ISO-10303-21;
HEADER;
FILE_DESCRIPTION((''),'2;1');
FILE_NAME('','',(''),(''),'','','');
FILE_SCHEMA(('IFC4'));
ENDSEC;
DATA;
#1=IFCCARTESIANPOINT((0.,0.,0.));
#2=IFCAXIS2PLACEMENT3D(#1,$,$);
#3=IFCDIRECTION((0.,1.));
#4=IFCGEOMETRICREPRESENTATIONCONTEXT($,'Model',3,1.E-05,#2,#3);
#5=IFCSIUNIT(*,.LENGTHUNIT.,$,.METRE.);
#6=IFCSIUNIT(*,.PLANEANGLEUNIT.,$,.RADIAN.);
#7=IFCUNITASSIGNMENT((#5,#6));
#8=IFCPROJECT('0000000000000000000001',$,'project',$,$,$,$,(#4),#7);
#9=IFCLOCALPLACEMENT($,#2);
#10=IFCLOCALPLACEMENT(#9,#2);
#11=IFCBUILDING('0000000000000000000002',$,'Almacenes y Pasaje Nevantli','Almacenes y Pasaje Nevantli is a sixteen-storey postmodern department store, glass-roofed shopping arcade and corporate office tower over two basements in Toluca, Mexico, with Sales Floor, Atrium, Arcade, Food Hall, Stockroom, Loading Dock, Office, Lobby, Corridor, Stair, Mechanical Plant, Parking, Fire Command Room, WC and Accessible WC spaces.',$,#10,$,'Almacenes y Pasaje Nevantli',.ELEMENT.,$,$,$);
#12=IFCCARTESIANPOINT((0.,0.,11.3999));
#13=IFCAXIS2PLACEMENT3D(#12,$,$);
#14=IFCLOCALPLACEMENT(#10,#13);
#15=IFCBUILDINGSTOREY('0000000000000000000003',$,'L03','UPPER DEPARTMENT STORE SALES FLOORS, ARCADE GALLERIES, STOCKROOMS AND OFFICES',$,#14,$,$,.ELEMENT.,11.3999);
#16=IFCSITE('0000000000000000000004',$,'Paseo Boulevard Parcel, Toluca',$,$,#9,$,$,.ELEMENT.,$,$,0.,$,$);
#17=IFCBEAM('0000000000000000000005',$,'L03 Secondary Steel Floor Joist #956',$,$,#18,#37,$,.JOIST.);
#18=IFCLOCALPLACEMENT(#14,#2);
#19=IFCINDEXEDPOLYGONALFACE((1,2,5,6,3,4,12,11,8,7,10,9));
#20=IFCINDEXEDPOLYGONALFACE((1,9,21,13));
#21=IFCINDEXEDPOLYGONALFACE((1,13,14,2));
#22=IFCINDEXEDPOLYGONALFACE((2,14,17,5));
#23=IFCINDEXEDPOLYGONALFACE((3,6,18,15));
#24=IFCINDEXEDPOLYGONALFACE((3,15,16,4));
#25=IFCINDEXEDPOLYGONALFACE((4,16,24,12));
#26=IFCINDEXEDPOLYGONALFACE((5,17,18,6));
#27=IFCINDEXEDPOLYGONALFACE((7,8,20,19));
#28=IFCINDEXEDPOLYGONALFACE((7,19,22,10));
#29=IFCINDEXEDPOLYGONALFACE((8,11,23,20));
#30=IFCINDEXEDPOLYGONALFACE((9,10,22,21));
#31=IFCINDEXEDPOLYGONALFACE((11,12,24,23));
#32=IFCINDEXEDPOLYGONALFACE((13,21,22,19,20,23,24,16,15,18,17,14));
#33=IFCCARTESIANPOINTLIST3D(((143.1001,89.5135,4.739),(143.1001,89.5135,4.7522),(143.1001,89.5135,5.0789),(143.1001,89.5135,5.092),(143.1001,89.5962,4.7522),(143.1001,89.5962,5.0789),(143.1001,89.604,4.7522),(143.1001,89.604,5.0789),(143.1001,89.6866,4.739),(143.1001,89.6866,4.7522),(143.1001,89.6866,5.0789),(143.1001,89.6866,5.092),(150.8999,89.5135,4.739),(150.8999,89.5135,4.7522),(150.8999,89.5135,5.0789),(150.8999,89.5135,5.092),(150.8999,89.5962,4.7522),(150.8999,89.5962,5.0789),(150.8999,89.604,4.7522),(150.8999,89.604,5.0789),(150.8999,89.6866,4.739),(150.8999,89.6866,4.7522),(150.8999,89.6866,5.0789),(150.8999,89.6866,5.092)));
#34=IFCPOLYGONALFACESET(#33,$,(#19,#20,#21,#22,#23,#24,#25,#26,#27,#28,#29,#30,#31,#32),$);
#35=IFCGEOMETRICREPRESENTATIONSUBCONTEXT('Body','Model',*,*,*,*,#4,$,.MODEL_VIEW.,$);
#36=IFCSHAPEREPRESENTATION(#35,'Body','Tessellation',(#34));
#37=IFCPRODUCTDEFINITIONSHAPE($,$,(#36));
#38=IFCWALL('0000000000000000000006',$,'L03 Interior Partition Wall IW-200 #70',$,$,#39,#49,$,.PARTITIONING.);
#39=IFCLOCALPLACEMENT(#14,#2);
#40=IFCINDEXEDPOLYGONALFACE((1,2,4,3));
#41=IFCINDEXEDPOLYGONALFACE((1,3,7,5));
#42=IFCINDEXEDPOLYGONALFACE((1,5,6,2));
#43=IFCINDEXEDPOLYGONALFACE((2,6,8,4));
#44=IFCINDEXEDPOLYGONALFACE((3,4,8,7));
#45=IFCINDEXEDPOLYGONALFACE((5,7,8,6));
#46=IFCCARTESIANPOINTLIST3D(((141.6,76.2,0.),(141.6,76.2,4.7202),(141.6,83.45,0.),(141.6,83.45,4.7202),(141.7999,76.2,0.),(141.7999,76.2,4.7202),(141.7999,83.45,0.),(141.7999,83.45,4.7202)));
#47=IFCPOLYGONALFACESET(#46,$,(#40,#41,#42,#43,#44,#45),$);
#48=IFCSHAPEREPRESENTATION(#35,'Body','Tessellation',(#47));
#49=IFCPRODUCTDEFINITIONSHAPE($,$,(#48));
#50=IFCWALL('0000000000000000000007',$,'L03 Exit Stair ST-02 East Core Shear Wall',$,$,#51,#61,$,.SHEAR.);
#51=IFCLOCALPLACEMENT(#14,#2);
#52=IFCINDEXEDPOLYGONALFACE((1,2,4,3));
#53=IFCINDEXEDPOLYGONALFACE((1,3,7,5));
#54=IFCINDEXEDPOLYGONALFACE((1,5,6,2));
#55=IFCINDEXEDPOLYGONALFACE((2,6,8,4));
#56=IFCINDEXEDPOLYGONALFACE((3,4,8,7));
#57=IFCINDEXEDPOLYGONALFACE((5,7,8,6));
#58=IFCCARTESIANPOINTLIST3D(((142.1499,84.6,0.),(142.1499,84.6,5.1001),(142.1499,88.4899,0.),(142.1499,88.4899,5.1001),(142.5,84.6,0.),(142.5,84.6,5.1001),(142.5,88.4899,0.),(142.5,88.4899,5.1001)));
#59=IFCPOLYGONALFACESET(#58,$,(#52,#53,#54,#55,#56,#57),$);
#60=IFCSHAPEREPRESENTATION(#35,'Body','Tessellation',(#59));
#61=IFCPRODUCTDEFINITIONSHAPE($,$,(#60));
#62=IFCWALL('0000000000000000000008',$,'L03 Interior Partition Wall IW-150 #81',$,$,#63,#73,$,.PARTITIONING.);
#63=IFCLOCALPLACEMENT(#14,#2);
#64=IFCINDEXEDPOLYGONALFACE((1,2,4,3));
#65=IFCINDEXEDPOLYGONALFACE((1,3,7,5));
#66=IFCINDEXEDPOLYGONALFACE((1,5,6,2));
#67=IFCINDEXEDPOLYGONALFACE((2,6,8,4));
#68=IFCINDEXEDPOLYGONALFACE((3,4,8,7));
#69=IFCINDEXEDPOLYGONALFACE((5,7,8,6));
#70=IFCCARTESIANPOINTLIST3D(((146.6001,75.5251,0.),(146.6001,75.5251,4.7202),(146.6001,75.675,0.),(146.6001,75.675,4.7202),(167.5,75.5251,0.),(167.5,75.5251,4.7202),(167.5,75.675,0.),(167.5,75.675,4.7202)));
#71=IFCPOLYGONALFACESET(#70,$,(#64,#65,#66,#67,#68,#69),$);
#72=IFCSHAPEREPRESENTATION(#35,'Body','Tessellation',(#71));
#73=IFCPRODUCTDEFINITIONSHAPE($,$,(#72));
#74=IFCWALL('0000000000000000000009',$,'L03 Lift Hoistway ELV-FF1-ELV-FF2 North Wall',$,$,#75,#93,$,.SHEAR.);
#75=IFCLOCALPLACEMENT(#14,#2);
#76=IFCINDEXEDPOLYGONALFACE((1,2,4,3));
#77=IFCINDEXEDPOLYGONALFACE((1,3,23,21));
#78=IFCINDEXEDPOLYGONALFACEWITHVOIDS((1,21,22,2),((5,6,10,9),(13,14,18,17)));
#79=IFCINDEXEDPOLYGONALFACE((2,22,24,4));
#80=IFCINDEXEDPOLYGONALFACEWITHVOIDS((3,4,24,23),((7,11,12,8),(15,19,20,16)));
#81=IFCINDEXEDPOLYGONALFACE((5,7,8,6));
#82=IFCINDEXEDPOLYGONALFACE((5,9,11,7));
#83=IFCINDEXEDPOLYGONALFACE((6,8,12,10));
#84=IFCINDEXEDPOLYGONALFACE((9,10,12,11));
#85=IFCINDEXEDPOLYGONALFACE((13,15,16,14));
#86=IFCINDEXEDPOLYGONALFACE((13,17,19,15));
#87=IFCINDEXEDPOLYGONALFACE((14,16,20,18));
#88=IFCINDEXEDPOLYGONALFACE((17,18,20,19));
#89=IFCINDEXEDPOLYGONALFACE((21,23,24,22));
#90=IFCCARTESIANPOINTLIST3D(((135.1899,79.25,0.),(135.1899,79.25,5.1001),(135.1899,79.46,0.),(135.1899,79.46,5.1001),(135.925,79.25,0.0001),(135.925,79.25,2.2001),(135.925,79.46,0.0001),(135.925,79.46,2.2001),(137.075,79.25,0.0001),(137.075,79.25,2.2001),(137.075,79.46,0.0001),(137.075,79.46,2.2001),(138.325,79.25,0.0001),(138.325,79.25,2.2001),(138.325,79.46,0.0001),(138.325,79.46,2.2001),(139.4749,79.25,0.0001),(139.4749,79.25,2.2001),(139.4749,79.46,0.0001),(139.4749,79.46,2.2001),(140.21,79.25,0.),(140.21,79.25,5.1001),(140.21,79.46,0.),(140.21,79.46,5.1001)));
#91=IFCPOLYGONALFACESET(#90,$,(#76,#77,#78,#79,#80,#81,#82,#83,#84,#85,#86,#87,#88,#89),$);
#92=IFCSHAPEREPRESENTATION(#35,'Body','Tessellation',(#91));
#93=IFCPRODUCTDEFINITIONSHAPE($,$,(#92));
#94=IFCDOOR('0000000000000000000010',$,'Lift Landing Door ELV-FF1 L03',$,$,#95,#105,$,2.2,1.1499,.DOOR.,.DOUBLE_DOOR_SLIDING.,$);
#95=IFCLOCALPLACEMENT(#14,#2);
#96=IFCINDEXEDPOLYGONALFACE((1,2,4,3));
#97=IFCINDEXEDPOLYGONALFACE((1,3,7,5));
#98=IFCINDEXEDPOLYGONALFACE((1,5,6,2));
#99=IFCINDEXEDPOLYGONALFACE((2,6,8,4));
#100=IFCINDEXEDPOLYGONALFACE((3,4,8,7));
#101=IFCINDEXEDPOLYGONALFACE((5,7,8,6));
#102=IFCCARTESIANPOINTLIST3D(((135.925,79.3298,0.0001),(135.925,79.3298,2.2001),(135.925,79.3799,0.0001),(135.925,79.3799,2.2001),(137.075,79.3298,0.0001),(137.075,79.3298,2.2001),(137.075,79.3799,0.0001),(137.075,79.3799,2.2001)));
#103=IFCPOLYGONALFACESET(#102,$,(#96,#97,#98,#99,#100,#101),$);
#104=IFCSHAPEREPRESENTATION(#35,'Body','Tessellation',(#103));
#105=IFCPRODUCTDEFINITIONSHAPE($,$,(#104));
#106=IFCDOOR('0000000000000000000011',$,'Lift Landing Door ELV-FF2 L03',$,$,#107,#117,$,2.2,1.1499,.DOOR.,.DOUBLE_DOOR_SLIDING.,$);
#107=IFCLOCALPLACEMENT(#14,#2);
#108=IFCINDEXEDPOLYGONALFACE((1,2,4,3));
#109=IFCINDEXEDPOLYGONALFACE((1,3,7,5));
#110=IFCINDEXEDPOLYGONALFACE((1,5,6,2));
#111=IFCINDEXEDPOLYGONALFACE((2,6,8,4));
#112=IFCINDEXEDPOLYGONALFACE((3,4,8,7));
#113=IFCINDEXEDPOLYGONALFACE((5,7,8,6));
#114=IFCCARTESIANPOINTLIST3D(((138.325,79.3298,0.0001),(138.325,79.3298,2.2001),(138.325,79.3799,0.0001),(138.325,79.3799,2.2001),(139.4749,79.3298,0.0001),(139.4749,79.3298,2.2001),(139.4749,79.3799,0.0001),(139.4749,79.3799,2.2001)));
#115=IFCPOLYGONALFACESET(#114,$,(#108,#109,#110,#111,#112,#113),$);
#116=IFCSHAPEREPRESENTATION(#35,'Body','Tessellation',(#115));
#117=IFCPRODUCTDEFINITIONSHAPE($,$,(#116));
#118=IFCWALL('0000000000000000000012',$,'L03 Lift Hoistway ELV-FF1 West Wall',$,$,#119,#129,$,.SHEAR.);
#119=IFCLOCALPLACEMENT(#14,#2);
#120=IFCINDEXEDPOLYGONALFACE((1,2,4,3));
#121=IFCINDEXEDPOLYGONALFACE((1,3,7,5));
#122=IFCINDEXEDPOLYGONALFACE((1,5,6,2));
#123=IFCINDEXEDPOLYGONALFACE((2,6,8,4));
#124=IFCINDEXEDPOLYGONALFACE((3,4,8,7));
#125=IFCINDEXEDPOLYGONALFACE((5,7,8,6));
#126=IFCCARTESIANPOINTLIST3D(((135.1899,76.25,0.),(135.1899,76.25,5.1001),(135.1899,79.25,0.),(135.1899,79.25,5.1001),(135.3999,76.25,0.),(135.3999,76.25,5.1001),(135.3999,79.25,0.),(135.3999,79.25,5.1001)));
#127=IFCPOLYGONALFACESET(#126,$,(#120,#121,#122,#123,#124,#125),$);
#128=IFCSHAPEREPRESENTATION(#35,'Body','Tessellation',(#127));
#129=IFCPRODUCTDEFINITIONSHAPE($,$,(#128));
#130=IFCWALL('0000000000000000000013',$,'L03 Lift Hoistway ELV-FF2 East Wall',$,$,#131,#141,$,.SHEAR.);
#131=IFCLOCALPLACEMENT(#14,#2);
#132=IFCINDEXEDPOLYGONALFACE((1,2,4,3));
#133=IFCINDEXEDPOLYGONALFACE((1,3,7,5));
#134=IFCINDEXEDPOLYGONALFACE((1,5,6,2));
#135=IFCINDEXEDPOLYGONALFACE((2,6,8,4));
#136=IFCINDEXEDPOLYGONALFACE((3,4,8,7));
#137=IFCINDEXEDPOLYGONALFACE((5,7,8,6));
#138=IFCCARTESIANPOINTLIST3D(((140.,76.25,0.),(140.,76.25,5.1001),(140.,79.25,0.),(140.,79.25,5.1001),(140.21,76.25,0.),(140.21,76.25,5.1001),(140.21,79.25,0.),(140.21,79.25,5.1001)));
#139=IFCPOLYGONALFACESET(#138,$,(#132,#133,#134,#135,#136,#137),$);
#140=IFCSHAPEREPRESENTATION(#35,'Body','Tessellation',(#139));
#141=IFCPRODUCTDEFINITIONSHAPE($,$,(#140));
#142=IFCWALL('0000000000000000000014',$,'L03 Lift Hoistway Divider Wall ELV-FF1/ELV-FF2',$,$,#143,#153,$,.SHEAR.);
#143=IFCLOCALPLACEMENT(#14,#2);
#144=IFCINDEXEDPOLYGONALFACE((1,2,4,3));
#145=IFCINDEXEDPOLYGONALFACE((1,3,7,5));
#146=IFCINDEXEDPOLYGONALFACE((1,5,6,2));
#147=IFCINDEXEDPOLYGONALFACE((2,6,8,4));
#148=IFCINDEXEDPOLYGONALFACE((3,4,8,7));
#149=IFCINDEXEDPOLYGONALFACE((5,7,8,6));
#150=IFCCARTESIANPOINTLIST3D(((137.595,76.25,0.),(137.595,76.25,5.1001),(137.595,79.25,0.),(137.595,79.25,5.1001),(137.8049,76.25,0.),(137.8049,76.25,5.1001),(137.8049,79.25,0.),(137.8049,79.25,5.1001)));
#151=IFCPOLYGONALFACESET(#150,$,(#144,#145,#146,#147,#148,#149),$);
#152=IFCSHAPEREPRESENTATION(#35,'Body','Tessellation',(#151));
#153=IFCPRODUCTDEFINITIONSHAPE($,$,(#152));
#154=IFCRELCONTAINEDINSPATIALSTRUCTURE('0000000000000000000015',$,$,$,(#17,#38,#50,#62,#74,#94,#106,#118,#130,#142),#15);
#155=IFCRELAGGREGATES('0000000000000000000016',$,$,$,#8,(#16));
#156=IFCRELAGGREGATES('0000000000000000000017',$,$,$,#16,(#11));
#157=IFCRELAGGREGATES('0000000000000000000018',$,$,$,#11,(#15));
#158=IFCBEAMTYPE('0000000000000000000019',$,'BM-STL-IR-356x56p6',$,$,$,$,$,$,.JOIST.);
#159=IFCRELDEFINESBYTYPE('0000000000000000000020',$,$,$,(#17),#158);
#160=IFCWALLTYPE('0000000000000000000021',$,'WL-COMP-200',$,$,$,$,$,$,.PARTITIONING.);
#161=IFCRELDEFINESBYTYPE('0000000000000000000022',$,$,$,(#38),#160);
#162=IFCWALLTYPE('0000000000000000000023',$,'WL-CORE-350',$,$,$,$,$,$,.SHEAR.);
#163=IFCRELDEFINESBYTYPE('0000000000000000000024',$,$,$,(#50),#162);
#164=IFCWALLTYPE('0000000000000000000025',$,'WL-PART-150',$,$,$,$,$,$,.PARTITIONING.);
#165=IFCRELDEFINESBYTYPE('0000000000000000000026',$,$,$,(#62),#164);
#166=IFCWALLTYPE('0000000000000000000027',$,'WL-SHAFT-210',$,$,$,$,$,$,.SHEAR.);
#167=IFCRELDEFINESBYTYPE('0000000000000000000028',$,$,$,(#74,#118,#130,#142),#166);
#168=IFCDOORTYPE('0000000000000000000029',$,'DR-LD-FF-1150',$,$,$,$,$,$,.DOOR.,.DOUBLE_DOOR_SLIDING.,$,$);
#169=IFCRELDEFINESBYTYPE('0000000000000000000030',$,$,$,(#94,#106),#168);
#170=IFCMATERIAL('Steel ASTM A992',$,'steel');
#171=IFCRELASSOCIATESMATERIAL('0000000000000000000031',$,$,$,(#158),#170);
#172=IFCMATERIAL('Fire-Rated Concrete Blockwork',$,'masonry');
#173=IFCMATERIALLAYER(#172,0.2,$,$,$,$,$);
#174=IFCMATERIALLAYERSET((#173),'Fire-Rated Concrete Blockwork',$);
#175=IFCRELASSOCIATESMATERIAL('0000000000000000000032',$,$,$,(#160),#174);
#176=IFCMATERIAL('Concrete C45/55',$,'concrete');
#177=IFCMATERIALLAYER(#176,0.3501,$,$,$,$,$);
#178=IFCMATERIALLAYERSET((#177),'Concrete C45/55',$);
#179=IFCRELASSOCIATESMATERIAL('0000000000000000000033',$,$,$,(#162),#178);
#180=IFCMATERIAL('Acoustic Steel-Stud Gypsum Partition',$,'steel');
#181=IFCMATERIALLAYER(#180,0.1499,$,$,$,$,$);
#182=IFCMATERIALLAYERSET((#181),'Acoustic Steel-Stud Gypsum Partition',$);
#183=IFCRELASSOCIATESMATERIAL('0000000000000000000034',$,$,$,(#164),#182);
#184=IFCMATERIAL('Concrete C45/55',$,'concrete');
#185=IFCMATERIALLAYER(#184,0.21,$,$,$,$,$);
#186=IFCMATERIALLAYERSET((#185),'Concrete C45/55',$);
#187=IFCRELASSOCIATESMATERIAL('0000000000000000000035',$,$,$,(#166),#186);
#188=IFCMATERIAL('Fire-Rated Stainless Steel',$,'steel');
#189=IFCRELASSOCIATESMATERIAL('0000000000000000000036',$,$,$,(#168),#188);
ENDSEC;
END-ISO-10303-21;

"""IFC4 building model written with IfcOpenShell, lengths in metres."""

from ifc_helpers import new_model, si_unit, direction, frame, frame_2d, origin, origin_2d, place, context, subcontext, project, spatial, rectangle, i_section, extrude, material, layer, layer_set, material_profile, profile_set, type_object, element, fill, save


model = new_model("IFC4")

# Units and contexts
model_context = context("Model", 3, precision=1e-05, world=origin(), true_north=direction((0.0, 1.0)))
body_context = subcontext(model_context, "Body", "Model", "MODEL_VIEW")
ifc_project = project(units=[si_unit("LENGTHUNIT", "METRE"), si_unit("PLANEANGLEUNIT", "RADIAN")], contexts=[model_context])

# Site, building, storey
site_placement = place(None, origin())
site = spatial("IfcSite", under=ifc_project, at=site_placement, Name="Paseo Boulevard Parcel, Toluca", CompositionType="ELEMENT", RefElevation=0.0)
building_placement = place(site_placement, origin())
building = spatial("IfcBuilding", under=site, at=building_placement, Name="Almacenes y Pasaje Nevantli", Description="Almacenes y Pasaje Nevantli is a sixteen-storey postmodern department store, glass-roofed shopping arcade and corporate office tower over two basements in Toluca, Mexico, with Sales Floor, Atrium, Arcade, Food Hall, Stockroom, Loading Dock, Office, Lobby, Corridor, Stair, Mechanical Plant, Parking, Fire Command Room, WC and Accessible WC spaces.", LongName="Almacenes y Pasaje Nevantli", CompositionType="ELEMENT")
storey_placement = place(building_placement, frame((0.0, 0.0, 11.3999)))
storey = spatial("IfcBuildingStorey", under=building, at=storey_placement, Name="L03", Description="UPPER DEPARTMENT STORE SALES FLOORS, ARCADE GALLERIES, STOCKROOMS AND OFFICES", CompositionType="ELEMENT", Elevation=11.3999)

# Beam
ifc_material_1 = material(Name="Steel ASTM A992", Category="steel")
ifc_material_profile_1 = material_profile(ifc_material_1, i_section(OverallWidth=0.1731, OverallDepth=0.353, WebThickness=0.0078, FlangeThickness=0.0132, at=origin_2d()), Name="IR 356x56.6")
ifc_profile_set_1 = profile_set([ifc_material_profile_1], Name="Steel ASTM A992")
beam_type_1 = type_object("IfcBeamType", Name="BM-STL-IR-356x56p6", PredefinedType="JOIST", material=ifc_profile_set_1)
for number, where, z_axis, x_axis, name in (
    (1, (143.1001, 89.6001, 4.9155), (1.0, 0.0, 0.0), (0.0, 1.0, 0.0), "L03 Secondary Steel Floor Joist #956"),
):
    element("IfcBeam", number, at=place(storey_placement, frame(where, z_axis=z_axis, x_axis=x_axis)), inside=storey, type_object=beam_type_1, Name=name, PredefinedType="JOIST", context=body_context, shape_type="SweptSolid", body=[
        extrude(i_section(OverallWidth=0.1731, OverallDepth=0.353, WebThickness=0.0078, FlangeThickness=0.0132, at=origin_2d()), origin(), (0.0, 0.0, 1.0), 7.7998),
    ])

# Walls
ifc_material_2 = material(Name="Fire-Rated Concrete Blockwork", Category="masonry")
ifc_layer_1 = layer(ifc_material_2, 0.2)
ifc_layer_set_1 = layer_set([ifc_layer_1], Name="Fire-Rated Concrete Blockwork")
wall_type_1 = type_object("IfcWallType", Name="WL-COMP-200", PredefinedType="PARTITIONING", material=ifc_layer_set_1)
wall_1_placement = place(storey_placement, frame((141.7, 76.2, 0.0), z_axis=(0.0, 0.0, 1.0), x_axis=(0.0, 1.0, 0.0)))
element("IfcWall", 2, at=wall_1_placement, inside=storey, type_object=wall_type_1, Name="L03 Interior Partition Wall IW-200 #70", PredefinedType="PARTITIONING", context=body_context, shape_type="SweptSolid", body=[
    extrude(rectangle(XDim=7.25, YDim=0.2, at=frame_2d((3.625, 0.0))), origin(), (0.0, 0.0, 1.0), 4.7202),
])
ifc_material_3 = material(Name="Concrete C45/55", Category="concrete")
ifc_layer_2 = layer(ifc_material_3, 0.3501)
ifc_layer_set_2 = layer_set([ifc_layer_2], Name="Concrete C45/55")
wall_type_2 = type_object("IfcWallType", Name="WL-CORE-350", PredefinedType="SHEAR", material=ifc_layer_set_2)
wall_2_placement = place(storey_placement, frame((142.325, 84.6001, 0.0), z_axis=(0.0, 0.0, 1.0), x_axis=(0.0, 1.0, 0.0)))
element("IfcWall", 3, at=wall_2_placement, inside=storey, type_object=wall_type_2, Name="L03 Exit Stair ST-02 East Core Shear Wall", PredefinedType="SHEAR", context=body_context, shape_type="SweptSolid", body=[
    extrude(rectangle(XDim=3.8899, YDim=0.3501, at=frame_2d((1.9448, 0.0))), origin(), (0.0, 0.0, 1.0), 5.1001),
])
ifc_material_4 = material(Name="Acoustic Steel-Stud Gypsum Partition", Category="steel")
ifc_layer_3 = layer(ifc_material_4, 0.1499)
ifc_layer_set_3 = layer_set([ifc_layer_3], Name="Acoustic Steel-Stud Gypsum Partition")
wall_type_3 = type_object("IfcWallType", Name="WL-PART-150", PredefinedType="PARTITIONING", material=ifc_layer_set_3)
wall_3_placement = place(storey_placement, frame((146.6001, 75.6001, 0.0), z_axis=(0.0, 0.0, 1.0), x_axis=(1.0, 0.0, 0.0)))
element("IfcWall", 4, at=wall_3_placement, inside=storey, type_object=wall_type_3, Name="L03 Interior Partition Wall IW-150 #81", PredefinedType="PARTITIONING", context=body_context, shape_type="SweptSolid", body=[
    extrude(rectangle(XDim=20.8999, YDim=0.1499, at=frame_2d((10.45, 0.0))), origin(), (0.0, 0.0, 1.0), 4.7202),
])

# Wall, openings, doors
ifc_material_5 = material(Name="Concrete C45/55", Category="concrete")
ifc_layer_4 = layer(ifc_material_5, 0.21)
ifc_layer_set_4 = layer_set([ifc_layer_4], Name="Concrete C45/55")
wall_type_4 = type_object("IfcWallType", Name="WL-SHAFT-210", PredefinedType="SHEAR", material=ifc_layer_set_4)
wall_4_placement = place(storey_placement, frame((135.1899, 79.355, 0.0), z_axis=(0.0, 0.0, 1.0), x_axis=(1.0, 0.0, 0.0)))
wall_4 = element("IfcWall", 5, at=wall_4_placement, inside=storey, type_object=wall_type_4, Name="L03 Lift Hoistway ELV-FF1-ELV-FF2 North Wall", PredefinedType="SHEAR", context=body_context, shape_type="SweptSolid", body=[
    extrude(rectangle(XDim=5.02, YDim=0.21, at=frame_2d((2.51, 0.0))), origin(), (0.0, 0.0, 1.0), 5.1001),
])
opening_1_placement = place(wall_4_placement, frame((0.7351, 0.0, 0.0)))
opening_1 = element("IfcOpeningElement", 6, at=opening_1_placement, cuts=wall_4, PredefinedType="OPENING", context=body_context, shape_type="SweptSolid", body=[
    extrude(rectangle(XDim=1.1499, YDim=2.2, at=frame_2d((0.575, 1.1001))), frame((0.0, 0.115, 0.0), z_axis=(0.0, -1.0, 0.0), x_axis=(1.0, 0.0, 0.0)), (0.0, 0.0, 1.0), 0.23),
])
opening_2_placement = place(wall_4_placement, frame((3.135, 0.0, 0.0)))
opening_2 = element("IfcOpeningElement", 7, at=opening_2_placement, cuts=wall_4, PredefinedType="OPENING", context=body_context, shape_type="SweptSolid", body=[
    extrude(rectangle(XDim=1.1499, YDim=2.2, at=frame_2d((0.575, 1.1001))), frame((0.0, 0.115, 0.0), z_axis=(0.0, -1.0, 0.0), x_axis=(1.0, 0.0, 0.0)), (0.0, 0.0, 1.0), 0.23),
])
ifc_material_6 = material(Name="Fire-Rated Stainless Steel", Category="steel")
door_type = type_object("IfcDoorType", Name="DR-LD-FF-1150", OperationType="DOUBLE_DOOR_SLIDING", PredefinedType="DOOR", material=ifc_material_6)
door_1_placement = place(opening_1_placement, origin())
door_1 = element("IfcDoor", 8, at=door_1_placement, inside=storey, type_object=door_type, Name="Lift Landing Door ELV-FF1 L03", OperationType="DOUBLE_DOOR_SLIDING", OverallHeight=2.2, OverallWidth=1.1499, PredefinedType="DOOR", context=body_context, shape_type="SweptSolid", body=[
    extrude(rectangle(XDim=1.1499, YDim=2.2, at=frame_2d((0.575, 1.1001))), frame((0.0, 0.0249, 0.0), z_axis=(0.0, -1.0, 0.0), x_axis=(1.0, 0.0, 0.0)), (0.0, 0.0, 1.0), 0.05),
])
fill(opening_1, door_1)
door_2_placement = place(opening_2_placement, origin())
door_2 = element("IfcDoor", 9, at=door_2_placement, inside=storey, type_object=door_type, Name="Lift Landing Door ELV-FF2 L03", OperationType="DOUBLE_DOOR_SLIDING", OverallHeight=2.2, OverallWidth=1.1499, PredefinedType="DOOR", context=body_context, shape_type="SweptSolid", body=[
    extrude(rectangle(XDim=1.1499, YDim=2.2, at=frame_2d((0.575, 1.1001))), frame((0.0, 0.0249, 0.0), z_axis=(0.0, -1.0, 0.0), x_axis=(1.0, 0.0, 0.0)), (0.0, 0.0, 1.0), 0.05),
])
fill(opening_2, door_2)

# Walls
for number, where, z_axis, x_axis, name in (
    (10, (135.2949, 76.25, 0.0), (0.0, 0.0, 1.0), (0.0, 1.0, 0.0), "L03 Lift Hoistway ELV-FF1 West Wall"),
    (11, (140.105, 76.25, 0.0), (0.0, 0.0, 1.0), (0.0, 1.0, 0.0), "L03 Lift Hoistway ELV-FF2 East Wall"),
    (12, (137.7, 76.25, 0.0), (0.0, 0.0, 1.0), (0.0, 1.0, 0.0), "L03 Lift Hoistway Divider Wall ELV-FF1/ELV-FF2"),
):
    element("IfcWall", number, at=place(storey_placement, frame(where, z_axis=z_axis, x_axis=x_axis)), inside=storey, type_object=wall_type_4, Name=name, PredefinedType="SHEAR", context=body_context, shape_type="SweptSolid", body=[
        extrude(rectangle(XDim=3.0, YDim=0.21, at=frame_2d((1.5, 0.0))), origin(), (0.0, 0.0, 1.0), 5.1001),
    ])

save(model, "model.ifc")
